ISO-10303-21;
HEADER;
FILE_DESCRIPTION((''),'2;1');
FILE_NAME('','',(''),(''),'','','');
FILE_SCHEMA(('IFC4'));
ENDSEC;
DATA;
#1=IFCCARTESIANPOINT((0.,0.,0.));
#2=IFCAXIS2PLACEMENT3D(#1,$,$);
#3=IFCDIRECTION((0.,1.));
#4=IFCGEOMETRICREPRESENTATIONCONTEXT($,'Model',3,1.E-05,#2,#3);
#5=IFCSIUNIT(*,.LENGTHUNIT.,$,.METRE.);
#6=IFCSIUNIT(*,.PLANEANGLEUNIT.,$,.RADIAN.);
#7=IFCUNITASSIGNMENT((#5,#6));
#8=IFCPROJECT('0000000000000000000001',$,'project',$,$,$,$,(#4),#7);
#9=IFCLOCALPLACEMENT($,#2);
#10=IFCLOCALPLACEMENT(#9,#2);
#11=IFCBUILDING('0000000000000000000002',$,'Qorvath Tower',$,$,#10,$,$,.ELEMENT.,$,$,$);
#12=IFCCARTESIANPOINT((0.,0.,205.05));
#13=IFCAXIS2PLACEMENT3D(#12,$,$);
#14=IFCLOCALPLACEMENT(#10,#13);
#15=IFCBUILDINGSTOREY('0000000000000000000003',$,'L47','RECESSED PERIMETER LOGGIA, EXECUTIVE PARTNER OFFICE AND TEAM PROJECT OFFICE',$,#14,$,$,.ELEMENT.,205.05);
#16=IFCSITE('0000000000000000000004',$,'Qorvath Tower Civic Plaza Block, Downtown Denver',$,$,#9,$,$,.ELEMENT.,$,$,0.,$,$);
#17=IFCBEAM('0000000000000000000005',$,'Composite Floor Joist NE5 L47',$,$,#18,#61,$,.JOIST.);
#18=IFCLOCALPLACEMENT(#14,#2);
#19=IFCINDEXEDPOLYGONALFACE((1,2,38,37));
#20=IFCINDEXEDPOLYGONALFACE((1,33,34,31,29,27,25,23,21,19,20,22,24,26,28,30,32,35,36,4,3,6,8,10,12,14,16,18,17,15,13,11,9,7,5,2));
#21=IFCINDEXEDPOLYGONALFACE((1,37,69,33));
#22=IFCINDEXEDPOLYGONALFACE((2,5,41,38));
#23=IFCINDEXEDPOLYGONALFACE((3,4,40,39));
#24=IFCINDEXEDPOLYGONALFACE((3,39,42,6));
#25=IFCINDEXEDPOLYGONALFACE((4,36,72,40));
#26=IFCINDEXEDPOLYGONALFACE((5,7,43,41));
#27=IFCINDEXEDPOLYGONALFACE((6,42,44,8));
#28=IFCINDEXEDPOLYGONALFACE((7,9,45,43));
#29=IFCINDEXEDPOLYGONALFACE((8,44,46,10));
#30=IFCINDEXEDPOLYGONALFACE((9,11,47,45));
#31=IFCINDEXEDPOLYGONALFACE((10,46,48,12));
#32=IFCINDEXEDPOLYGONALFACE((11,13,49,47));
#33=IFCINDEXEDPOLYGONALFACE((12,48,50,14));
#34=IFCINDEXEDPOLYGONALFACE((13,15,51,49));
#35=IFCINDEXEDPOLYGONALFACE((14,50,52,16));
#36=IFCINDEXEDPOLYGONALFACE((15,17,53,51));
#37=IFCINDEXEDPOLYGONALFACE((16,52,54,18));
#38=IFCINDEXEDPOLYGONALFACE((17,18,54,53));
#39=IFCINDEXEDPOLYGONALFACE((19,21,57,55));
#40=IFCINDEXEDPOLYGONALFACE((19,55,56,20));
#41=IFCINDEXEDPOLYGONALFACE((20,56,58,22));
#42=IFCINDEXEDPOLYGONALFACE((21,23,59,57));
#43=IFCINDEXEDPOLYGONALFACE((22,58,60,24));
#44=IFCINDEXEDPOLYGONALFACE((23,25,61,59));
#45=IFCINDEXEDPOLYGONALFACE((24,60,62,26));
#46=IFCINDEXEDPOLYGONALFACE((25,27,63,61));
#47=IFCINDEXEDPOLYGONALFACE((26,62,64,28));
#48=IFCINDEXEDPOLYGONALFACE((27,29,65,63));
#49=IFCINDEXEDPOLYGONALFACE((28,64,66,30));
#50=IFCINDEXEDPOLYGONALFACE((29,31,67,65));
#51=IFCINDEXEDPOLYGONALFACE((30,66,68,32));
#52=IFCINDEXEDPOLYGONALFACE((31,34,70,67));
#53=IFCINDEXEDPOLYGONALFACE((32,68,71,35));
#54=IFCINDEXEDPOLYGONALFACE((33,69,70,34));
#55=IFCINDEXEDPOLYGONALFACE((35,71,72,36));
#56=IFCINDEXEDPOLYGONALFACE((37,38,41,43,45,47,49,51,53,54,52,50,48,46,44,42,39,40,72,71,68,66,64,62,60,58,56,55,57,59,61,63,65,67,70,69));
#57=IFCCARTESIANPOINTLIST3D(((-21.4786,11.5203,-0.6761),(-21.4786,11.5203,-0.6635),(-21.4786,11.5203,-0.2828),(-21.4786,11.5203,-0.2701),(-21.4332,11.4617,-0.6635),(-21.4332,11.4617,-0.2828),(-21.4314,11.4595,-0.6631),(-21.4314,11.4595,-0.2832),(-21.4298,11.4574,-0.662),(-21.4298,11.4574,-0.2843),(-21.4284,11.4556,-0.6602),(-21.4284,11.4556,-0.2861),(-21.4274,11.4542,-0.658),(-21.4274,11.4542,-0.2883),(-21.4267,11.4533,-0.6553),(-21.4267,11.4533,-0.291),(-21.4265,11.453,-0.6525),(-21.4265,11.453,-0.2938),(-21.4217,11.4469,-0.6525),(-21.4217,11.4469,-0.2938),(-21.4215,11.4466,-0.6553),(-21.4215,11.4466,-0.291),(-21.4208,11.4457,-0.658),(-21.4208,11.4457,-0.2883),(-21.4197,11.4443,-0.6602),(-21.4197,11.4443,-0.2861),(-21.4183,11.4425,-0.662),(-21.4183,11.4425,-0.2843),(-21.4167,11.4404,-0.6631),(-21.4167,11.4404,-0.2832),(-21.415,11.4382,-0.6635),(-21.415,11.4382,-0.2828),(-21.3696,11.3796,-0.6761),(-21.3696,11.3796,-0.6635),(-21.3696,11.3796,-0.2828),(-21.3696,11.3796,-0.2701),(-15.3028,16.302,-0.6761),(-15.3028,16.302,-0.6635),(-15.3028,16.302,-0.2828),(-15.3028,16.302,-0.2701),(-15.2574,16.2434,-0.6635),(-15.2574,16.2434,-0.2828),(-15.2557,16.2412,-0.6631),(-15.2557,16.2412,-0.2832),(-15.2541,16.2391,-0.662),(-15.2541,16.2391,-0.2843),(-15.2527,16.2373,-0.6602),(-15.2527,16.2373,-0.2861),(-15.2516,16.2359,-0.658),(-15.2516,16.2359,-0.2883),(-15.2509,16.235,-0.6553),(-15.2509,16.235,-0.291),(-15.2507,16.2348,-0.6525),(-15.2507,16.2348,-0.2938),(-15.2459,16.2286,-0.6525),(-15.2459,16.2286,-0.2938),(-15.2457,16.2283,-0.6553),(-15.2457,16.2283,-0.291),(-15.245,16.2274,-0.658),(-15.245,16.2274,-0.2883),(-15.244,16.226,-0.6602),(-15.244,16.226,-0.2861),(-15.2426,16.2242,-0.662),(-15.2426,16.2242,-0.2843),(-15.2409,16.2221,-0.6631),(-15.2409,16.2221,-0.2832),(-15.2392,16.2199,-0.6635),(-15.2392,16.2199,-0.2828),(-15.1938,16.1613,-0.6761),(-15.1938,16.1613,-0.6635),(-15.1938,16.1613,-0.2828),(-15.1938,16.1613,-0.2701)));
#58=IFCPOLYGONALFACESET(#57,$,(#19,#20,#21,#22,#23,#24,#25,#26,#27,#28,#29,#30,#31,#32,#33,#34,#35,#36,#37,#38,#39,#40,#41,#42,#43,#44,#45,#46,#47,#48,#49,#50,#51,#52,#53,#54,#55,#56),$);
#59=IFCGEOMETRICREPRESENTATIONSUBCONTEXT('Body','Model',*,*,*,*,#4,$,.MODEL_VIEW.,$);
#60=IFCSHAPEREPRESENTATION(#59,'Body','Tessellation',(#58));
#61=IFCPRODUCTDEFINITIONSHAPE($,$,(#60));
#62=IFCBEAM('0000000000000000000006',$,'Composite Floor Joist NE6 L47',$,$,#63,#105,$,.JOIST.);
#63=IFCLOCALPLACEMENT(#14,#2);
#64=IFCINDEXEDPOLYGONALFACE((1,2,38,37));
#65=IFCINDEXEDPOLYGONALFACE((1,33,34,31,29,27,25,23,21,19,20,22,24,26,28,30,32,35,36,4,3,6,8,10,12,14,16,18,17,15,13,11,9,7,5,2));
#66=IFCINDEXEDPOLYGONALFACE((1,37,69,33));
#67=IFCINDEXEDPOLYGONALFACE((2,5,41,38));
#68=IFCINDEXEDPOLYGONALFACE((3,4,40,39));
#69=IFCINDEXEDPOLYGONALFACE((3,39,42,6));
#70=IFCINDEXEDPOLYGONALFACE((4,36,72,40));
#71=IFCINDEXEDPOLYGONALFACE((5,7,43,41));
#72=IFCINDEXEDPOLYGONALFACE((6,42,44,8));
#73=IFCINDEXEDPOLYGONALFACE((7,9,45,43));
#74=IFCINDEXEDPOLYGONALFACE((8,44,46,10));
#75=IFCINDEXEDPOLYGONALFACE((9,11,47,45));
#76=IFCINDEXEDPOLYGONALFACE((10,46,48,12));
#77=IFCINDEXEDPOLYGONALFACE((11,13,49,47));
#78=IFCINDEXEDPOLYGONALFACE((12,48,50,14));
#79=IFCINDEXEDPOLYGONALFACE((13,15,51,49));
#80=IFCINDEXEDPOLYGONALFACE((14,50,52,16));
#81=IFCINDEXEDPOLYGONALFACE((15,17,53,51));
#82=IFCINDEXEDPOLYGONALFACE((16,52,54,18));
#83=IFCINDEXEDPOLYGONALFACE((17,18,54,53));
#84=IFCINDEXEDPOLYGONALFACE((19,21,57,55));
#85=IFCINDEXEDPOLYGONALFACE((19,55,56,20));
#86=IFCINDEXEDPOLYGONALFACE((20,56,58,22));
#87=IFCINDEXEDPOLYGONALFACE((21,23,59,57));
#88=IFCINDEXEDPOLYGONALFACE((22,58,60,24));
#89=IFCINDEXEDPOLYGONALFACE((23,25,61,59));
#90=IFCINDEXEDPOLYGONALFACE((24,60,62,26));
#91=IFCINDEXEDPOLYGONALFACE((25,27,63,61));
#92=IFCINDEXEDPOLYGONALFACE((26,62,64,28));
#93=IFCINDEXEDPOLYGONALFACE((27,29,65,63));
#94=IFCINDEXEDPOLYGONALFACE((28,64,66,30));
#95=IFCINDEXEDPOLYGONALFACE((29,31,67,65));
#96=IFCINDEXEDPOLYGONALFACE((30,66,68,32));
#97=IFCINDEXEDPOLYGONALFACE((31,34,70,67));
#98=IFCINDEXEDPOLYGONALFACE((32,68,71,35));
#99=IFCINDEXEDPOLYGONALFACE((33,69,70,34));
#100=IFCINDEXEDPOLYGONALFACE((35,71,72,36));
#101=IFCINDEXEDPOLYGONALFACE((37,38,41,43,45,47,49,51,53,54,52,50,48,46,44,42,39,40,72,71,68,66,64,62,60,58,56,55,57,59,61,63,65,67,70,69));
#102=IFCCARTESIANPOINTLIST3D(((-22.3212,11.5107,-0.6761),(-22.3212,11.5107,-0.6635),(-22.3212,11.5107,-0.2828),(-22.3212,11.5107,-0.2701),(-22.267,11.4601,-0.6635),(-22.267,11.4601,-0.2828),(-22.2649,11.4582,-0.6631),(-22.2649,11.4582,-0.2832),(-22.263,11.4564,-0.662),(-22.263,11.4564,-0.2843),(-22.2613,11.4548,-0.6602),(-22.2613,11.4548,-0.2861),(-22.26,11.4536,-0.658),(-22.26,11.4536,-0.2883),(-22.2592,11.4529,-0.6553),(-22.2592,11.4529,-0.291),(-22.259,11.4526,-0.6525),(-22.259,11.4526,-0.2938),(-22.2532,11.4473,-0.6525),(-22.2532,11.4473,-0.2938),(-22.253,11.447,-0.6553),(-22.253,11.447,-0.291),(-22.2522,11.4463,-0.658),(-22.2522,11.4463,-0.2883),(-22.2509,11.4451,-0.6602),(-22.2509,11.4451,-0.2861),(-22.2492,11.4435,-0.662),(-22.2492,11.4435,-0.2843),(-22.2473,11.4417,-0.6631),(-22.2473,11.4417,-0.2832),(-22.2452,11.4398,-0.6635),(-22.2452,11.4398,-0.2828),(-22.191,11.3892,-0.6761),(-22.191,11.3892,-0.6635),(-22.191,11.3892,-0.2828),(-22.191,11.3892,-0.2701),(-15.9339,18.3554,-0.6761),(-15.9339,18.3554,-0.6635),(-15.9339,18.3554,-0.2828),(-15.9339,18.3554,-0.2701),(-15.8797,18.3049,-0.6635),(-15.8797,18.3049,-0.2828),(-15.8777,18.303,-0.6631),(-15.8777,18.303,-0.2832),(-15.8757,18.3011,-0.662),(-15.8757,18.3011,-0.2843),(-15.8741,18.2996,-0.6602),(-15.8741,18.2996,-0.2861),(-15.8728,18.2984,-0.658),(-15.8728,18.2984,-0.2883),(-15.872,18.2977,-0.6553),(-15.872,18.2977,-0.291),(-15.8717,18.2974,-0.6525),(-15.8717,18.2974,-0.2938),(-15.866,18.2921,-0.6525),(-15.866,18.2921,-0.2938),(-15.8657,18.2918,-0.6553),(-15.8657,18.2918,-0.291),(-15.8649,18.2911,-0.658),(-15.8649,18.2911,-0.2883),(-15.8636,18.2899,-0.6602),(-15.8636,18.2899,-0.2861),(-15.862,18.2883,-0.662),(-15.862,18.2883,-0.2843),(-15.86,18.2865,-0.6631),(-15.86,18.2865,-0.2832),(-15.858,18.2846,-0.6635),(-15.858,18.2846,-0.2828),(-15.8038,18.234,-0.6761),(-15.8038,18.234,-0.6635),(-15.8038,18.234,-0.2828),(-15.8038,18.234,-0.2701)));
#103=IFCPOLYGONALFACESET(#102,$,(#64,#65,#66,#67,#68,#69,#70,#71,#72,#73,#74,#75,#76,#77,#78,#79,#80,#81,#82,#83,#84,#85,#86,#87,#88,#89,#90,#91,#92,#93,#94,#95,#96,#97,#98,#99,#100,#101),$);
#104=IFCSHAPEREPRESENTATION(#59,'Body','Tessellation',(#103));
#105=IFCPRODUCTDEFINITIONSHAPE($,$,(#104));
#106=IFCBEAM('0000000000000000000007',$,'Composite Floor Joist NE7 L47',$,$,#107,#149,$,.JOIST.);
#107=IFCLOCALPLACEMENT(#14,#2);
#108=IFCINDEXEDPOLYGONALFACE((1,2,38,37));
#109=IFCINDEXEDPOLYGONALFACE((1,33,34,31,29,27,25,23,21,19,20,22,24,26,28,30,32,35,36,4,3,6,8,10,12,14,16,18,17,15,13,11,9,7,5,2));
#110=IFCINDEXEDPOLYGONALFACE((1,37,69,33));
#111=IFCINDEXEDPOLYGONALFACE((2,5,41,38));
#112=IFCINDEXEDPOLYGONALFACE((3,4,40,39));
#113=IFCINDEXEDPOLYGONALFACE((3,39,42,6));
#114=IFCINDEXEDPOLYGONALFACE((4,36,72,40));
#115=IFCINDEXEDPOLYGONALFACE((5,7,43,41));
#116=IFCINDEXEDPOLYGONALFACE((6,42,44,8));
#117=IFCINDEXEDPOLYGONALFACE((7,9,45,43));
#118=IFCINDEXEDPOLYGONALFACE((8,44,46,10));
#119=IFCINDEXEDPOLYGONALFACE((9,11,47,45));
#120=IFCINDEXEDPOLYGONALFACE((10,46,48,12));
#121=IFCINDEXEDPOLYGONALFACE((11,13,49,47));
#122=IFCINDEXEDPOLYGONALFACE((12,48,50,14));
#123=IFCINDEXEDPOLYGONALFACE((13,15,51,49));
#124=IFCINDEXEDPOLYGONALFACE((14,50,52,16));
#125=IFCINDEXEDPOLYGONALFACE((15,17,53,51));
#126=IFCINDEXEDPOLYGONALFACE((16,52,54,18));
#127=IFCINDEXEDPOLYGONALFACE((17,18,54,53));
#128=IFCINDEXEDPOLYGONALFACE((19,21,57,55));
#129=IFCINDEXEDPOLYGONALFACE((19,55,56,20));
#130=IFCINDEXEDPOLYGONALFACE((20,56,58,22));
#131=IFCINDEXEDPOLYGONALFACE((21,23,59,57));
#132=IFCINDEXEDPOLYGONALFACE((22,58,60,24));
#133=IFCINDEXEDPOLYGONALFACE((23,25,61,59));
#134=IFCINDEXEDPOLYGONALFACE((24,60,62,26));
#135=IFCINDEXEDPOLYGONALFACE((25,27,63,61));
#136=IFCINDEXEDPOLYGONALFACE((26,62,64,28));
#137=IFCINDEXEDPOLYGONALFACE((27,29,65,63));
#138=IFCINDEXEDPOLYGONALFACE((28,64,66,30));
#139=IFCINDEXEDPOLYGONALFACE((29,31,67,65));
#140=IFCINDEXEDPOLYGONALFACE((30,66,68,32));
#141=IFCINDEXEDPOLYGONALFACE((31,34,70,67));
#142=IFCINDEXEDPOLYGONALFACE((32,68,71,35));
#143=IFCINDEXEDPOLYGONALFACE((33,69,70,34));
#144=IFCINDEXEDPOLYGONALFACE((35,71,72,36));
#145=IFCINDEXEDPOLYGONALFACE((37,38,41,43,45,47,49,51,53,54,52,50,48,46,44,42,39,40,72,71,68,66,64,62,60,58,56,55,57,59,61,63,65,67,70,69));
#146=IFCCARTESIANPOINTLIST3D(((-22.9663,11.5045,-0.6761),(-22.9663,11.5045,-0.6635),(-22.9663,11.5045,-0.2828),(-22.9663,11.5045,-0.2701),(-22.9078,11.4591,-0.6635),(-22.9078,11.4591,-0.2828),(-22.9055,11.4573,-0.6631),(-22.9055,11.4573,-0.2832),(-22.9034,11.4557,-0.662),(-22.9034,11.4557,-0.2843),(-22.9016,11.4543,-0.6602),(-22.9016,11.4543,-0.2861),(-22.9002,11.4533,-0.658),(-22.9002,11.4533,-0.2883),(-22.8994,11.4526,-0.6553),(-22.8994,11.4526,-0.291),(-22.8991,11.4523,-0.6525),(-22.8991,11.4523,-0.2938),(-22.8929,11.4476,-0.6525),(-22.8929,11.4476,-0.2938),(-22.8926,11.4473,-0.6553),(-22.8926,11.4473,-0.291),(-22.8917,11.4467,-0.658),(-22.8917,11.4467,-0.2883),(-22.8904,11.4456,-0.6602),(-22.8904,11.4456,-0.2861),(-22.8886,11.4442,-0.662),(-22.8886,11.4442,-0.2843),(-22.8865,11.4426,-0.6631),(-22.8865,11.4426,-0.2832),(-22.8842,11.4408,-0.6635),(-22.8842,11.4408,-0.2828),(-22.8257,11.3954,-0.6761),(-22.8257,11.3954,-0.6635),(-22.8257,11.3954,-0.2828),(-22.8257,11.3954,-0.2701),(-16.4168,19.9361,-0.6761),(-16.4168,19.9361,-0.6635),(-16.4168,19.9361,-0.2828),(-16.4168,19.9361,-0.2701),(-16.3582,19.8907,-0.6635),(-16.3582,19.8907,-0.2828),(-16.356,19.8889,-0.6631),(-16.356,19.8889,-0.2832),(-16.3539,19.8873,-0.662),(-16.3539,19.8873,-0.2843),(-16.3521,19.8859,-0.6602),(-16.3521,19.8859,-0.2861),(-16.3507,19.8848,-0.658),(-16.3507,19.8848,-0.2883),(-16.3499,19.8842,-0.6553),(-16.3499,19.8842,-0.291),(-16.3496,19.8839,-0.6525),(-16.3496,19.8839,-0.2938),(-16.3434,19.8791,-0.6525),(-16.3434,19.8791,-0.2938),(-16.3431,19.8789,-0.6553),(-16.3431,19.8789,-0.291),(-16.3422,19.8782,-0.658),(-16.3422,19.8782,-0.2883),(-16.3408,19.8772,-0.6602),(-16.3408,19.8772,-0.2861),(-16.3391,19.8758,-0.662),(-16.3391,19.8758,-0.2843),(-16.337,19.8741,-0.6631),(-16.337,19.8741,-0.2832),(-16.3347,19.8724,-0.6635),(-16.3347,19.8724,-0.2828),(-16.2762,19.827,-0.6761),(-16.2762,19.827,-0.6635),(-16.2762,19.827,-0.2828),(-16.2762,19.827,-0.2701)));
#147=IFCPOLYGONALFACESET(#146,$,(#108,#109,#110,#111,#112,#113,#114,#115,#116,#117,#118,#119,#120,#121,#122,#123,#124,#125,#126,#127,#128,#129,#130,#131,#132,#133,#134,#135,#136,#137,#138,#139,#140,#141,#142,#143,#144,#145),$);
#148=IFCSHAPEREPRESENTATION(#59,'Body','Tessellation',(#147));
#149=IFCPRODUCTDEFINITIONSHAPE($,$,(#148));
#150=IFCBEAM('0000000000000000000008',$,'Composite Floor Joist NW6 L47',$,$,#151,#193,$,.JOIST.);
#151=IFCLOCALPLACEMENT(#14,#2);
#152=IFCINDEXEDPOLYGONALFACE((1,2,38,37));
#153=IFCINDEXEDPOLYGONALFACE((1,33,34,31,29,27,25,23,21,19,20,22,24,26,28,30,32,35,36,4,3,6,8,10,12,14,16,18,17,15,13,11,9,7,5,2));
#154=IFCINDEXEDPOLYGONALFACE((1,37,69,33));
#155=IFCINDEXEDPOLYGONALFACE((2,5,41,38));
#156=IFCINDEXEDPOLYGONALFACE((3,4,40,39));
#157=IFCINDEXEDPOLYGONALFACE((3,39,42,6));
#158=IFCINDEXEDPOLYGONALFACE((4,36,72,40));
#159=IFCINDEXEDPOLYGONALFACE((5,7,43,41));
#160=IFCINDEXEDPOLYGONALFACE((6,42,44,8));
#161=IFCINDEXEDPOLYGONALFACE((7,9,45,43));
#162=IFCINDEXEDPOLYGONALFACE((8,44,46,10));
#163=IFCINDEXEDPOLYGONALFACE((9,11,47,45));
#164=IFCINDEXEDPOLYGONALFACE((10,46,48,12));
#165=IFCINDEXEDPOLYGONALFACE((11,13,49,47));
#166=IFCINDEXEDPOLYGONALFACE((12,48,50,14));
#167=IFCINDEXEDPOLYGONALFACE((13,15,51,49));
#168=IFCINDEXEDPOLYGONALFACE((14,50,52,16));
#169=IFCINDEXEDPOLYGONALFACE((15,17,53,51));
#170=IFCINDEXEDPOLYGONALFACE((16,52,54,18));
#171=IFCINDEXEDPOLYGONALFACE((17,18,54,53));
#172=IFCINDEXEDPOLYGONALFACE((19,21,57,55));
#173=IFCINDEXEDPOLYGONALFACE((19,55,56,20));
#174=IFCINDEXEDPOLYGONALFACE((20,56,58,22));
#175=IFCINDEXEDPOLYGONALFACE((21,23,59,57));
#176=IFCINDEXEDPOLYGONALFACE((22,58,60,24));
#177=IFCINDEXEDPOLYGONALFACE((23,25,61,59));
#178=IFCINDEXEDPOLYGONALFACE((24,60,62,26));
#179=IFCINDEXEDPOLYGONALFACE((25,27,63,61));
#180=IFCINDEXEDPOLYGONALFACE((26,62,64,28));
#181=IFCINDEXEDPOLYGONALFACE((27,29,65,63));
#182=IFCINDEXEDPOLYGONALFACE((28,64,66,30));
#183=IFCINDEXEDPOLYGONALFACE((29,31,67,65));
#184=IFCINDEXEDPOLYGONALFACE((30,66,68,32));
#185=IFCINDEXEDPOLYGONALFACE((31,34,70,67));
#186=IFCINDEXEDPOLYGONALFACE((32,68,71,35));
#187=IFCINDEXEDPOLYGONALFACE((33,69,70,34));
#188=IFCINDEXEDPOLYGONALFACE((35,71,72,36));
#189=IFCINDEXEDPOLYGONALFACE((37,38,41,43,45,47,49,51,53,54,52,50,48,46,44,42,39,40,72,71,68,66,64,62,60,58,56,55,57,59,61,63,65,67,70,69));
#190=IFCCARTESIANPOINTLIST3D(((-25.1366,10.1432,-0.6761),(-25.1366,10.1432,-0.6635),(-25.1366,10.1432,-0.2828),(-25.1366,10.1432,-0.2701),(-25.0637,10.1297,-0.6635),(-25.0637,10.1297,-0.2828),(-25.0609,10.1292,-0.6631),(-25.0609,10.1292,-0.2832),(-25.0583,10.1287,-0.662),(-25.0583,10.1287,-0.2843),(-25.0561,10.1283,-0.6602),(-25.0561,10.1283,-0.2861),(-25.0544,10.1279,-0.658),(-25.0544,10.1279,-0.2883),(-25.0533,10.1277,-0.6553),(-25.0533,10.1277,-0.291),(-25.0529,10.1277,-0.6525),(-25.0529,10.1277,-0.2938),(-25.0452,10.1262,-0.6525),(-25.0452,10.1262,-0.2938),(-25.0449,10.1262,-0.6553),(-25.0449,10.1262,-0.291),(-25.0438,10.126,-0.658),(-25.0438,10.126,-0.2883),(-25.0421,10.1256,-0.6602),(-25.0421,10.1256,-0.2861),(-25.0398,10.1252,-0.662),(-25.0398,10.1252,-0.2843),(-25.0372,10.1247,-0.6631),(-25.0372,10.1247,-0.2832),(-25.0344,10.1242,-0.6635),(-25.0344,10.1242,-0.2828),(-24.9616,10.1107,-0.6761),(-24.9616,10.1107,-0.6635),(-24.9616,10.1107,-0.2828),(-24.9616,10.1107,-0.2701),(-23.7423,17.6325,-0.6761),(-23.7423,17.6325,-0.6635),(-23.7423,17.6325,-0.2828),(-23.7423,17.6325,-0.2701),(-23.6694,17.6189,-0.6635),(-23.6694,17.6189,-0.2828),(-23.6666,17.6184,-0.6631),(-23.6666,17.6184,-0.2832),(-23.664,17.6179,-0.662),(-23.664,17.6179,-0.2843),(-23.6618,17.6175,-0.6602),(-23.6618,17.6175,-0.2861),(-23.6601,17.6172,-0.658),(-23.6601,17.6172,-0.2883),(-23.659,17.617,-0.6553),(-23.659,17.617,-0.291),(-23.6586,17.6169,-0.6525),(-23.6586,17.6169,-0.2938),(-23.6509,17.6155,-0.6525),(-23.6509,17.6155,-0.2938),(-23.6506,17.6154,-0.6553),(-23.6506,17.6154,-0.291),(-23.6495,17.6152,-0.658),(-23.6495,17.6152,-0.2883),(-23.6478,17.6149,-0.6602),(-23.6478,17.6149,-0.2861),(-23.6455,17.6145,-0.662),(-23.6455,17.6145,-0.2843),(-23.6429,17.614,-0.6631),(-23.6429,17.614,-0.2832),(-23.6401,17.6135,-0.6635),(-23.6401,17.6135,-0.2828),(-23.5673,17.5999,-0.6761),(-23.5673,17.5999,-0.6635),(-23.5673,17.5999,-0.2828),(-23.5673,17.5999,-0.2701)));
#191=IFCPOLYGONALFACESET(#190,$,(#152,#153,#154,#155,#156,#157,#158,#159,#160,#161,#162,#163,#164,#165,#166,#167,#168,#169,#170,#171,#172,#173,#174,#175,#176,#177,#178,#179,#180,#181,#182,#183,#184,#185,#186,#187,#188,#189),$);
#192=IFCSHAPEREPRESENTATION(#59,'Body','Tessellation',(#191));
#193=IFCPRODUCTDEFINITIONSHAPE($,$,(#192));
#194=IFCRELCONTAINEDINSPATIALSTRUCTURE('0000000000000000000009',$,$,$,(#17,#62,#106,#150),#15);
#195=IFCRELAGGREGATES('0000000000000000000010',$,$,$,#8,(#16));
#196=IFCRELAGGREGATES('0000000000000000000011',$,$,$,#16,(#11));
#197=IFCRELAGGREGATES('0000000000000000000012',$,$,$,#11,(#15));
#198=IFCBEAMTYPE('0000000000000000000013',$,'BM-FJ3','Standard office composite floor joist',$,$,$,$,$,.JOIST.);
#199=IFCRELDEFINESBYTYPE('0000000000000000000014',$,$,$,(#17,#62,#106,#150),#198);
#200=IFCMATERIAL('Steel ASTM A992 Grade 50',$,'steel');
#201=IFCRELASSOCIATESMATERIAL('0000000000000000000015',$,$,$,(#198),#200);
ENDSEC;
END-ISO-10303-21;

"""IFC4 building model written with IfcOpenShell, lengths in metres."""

from ifc_helpers import new_model, si_unit, direction, frame, origin, origin_2d, place, context, subcontext, project, spatial, i_section, extrude, material, material_profile, profile_set, type_object, element, save


model = new_model("IFC4")

# Units and contexts
model_context = context("Model", 3, precision=1e-05, world=origin(), true_north=direction((0.0, 1.0)))
body_context = subcontext(model_context, "Body", "Model", "MODEL_VIEW")
ifc_project = project(units=[si_unit("LENGTHUNIT", "METRE"), si_unit("PLANEANGLEUNIT", "RADIAN")], contexts=[model_context])

# Site, building, storey
site_placement = place(None, origin())
site = spatial("IfcSite", under=ifc_project, at=site_placement, Name="Qorvath Tower Civic Plaza Block, Downtown Denver", CompositionType="ELEMENT", RefElevation=0.0)
building_placement = place(site_placement, origin())
building = spatial("IfcBuilding", under=site, at=building_placement, Name="Qorvath Tower", CompositionType="ELEMENT")
storey_placement = place(building_placement, frame((0.0, 0.0, 205.05)))
storey = spatial("IfcBuildingStorey", under=building, at=storey_placement, Name="L47", Description="RECESSED PERIMETER LOGGIA, EXECUTIVE PARTNER OFFICE AND TEAM PROJECT OFFICE", CompositionType="ELEMENT", Elevation=205.05)

# Beams
ifc_material_1 = material(Name="Steel ASTM A992 Grade 50", Category="steel")
ifc_material_profile_1 = material_profile(ifc_material_1, i_section(OverallWidth=0.178, OverallDepth=0.406, WebThickness=0.0078, FlangeThickness=0.0127, FilletRadius=0.011, at=origin_2d()), Name="W16x40")
ifc_profile_set_1 = profile_set([ifc_material_profile_1], Name="Steel ASTM A992 Grade 50")
beam_type_1 = type_object("IfcBeamType", Name="BM-FJ3", Description="Standard office composite floor joist", PredefinedType="JOIST", material=ifc_profile_set_1)
beam_1_placement = place(storey_placement, frame((-21.4241, 11.45, -0.4731), z_axis=(0.790693, 0.612212, 0.0), x_axis=(-0.612212, 0.790693, 0.0)))
element("IfcBeam", 1, at=beam_1_placement, inside=storey, type_object=beam_type_1, Name="Composite Floor Joist NE5 L47", PredefinedType="JOIST", context=body_context, shape_type="SweptSolid", body=[
    extrude(i_section(OverallWidth=0.178, OverallDepth=0.406, WebThickness=0.0078, FlangeThickness=0.0127, FilletRadius=0.011, at=origin_2d()), origin(), (0.0, 0.0, 1.0), 7.8105),
])
beam_2_placement = place(storey_placement, frame((-22.2561, 11.45, -0.4731), z_axis=(0.682249, 0.731119, 0.0), x_axis=(-0.731119, 0.682249, 0.0)))
element("IfcBeam", 2, at=beam_2_placement, inside=storey, type_object=beam_type_1, Name="Composite Floor Joist NE6 L47", PredefinedType="JOIST", context=body_context, shape_type="SweptSolid", body=[
    extrude(i_section(OverallWidth=0.178, OverallDepth=0.406, WebThickness=0.0078, FlangeThickness=0.0127, FilletRadius=0.011, at=origin_2d()), origin(), (0.0, 0.0, 1.0), 9.3621),
])
beam_3_placement = place(storey_placement, frame((-22.896, 11.45, -0.4731), z_axis=(0.613451, 0.789733, 0.0), x_axis=(-0.789733, 0.613451, 0.0)))
element("IfcBeam", 3, at=beam_3_placement, inside=storey, type_object=beam_type_1, Name="Composite Floor Joist NE7 L47", PredefinedType="JOIST", context=body_context, shape_type="SweptSolid", body=[
    extrude(i_section(OverallWidth=0.178, OverallDepth=0.406, WebThickness=0.0078, FlangeThickness=0.0127, FilletRadius=0.011, at=origin_2d()), origin(), (0.0, 0.0, 1.0), 10.6765),
])
beam_4_placement = place(storey_placement, frame((-25.0491, 10.127, -0.4731), z_axis=(0.183027, 0.983108, 0.0), x_axis=(-0.983108, 0.183027, 0.0)))
element("IfcBeam", 4, at=beam_4_placement, inside=storey, type_object=beam_type_1, Name="Composite Floor Joist NW6 L47", PredefinedType="JOIST", context=body_context, shape_type="SweptSolid", body=[
    extrude(i_section(OverallWidth=0.178, OverallDepth=0.406, WebThickness=0.0078, FlangeThickness=0.0127, FilletRadius=0.011, at=origin_2d()), origin(), (0.0, 0.0, 1.0), 7.6179),
])

save(model, "model.ifc")
